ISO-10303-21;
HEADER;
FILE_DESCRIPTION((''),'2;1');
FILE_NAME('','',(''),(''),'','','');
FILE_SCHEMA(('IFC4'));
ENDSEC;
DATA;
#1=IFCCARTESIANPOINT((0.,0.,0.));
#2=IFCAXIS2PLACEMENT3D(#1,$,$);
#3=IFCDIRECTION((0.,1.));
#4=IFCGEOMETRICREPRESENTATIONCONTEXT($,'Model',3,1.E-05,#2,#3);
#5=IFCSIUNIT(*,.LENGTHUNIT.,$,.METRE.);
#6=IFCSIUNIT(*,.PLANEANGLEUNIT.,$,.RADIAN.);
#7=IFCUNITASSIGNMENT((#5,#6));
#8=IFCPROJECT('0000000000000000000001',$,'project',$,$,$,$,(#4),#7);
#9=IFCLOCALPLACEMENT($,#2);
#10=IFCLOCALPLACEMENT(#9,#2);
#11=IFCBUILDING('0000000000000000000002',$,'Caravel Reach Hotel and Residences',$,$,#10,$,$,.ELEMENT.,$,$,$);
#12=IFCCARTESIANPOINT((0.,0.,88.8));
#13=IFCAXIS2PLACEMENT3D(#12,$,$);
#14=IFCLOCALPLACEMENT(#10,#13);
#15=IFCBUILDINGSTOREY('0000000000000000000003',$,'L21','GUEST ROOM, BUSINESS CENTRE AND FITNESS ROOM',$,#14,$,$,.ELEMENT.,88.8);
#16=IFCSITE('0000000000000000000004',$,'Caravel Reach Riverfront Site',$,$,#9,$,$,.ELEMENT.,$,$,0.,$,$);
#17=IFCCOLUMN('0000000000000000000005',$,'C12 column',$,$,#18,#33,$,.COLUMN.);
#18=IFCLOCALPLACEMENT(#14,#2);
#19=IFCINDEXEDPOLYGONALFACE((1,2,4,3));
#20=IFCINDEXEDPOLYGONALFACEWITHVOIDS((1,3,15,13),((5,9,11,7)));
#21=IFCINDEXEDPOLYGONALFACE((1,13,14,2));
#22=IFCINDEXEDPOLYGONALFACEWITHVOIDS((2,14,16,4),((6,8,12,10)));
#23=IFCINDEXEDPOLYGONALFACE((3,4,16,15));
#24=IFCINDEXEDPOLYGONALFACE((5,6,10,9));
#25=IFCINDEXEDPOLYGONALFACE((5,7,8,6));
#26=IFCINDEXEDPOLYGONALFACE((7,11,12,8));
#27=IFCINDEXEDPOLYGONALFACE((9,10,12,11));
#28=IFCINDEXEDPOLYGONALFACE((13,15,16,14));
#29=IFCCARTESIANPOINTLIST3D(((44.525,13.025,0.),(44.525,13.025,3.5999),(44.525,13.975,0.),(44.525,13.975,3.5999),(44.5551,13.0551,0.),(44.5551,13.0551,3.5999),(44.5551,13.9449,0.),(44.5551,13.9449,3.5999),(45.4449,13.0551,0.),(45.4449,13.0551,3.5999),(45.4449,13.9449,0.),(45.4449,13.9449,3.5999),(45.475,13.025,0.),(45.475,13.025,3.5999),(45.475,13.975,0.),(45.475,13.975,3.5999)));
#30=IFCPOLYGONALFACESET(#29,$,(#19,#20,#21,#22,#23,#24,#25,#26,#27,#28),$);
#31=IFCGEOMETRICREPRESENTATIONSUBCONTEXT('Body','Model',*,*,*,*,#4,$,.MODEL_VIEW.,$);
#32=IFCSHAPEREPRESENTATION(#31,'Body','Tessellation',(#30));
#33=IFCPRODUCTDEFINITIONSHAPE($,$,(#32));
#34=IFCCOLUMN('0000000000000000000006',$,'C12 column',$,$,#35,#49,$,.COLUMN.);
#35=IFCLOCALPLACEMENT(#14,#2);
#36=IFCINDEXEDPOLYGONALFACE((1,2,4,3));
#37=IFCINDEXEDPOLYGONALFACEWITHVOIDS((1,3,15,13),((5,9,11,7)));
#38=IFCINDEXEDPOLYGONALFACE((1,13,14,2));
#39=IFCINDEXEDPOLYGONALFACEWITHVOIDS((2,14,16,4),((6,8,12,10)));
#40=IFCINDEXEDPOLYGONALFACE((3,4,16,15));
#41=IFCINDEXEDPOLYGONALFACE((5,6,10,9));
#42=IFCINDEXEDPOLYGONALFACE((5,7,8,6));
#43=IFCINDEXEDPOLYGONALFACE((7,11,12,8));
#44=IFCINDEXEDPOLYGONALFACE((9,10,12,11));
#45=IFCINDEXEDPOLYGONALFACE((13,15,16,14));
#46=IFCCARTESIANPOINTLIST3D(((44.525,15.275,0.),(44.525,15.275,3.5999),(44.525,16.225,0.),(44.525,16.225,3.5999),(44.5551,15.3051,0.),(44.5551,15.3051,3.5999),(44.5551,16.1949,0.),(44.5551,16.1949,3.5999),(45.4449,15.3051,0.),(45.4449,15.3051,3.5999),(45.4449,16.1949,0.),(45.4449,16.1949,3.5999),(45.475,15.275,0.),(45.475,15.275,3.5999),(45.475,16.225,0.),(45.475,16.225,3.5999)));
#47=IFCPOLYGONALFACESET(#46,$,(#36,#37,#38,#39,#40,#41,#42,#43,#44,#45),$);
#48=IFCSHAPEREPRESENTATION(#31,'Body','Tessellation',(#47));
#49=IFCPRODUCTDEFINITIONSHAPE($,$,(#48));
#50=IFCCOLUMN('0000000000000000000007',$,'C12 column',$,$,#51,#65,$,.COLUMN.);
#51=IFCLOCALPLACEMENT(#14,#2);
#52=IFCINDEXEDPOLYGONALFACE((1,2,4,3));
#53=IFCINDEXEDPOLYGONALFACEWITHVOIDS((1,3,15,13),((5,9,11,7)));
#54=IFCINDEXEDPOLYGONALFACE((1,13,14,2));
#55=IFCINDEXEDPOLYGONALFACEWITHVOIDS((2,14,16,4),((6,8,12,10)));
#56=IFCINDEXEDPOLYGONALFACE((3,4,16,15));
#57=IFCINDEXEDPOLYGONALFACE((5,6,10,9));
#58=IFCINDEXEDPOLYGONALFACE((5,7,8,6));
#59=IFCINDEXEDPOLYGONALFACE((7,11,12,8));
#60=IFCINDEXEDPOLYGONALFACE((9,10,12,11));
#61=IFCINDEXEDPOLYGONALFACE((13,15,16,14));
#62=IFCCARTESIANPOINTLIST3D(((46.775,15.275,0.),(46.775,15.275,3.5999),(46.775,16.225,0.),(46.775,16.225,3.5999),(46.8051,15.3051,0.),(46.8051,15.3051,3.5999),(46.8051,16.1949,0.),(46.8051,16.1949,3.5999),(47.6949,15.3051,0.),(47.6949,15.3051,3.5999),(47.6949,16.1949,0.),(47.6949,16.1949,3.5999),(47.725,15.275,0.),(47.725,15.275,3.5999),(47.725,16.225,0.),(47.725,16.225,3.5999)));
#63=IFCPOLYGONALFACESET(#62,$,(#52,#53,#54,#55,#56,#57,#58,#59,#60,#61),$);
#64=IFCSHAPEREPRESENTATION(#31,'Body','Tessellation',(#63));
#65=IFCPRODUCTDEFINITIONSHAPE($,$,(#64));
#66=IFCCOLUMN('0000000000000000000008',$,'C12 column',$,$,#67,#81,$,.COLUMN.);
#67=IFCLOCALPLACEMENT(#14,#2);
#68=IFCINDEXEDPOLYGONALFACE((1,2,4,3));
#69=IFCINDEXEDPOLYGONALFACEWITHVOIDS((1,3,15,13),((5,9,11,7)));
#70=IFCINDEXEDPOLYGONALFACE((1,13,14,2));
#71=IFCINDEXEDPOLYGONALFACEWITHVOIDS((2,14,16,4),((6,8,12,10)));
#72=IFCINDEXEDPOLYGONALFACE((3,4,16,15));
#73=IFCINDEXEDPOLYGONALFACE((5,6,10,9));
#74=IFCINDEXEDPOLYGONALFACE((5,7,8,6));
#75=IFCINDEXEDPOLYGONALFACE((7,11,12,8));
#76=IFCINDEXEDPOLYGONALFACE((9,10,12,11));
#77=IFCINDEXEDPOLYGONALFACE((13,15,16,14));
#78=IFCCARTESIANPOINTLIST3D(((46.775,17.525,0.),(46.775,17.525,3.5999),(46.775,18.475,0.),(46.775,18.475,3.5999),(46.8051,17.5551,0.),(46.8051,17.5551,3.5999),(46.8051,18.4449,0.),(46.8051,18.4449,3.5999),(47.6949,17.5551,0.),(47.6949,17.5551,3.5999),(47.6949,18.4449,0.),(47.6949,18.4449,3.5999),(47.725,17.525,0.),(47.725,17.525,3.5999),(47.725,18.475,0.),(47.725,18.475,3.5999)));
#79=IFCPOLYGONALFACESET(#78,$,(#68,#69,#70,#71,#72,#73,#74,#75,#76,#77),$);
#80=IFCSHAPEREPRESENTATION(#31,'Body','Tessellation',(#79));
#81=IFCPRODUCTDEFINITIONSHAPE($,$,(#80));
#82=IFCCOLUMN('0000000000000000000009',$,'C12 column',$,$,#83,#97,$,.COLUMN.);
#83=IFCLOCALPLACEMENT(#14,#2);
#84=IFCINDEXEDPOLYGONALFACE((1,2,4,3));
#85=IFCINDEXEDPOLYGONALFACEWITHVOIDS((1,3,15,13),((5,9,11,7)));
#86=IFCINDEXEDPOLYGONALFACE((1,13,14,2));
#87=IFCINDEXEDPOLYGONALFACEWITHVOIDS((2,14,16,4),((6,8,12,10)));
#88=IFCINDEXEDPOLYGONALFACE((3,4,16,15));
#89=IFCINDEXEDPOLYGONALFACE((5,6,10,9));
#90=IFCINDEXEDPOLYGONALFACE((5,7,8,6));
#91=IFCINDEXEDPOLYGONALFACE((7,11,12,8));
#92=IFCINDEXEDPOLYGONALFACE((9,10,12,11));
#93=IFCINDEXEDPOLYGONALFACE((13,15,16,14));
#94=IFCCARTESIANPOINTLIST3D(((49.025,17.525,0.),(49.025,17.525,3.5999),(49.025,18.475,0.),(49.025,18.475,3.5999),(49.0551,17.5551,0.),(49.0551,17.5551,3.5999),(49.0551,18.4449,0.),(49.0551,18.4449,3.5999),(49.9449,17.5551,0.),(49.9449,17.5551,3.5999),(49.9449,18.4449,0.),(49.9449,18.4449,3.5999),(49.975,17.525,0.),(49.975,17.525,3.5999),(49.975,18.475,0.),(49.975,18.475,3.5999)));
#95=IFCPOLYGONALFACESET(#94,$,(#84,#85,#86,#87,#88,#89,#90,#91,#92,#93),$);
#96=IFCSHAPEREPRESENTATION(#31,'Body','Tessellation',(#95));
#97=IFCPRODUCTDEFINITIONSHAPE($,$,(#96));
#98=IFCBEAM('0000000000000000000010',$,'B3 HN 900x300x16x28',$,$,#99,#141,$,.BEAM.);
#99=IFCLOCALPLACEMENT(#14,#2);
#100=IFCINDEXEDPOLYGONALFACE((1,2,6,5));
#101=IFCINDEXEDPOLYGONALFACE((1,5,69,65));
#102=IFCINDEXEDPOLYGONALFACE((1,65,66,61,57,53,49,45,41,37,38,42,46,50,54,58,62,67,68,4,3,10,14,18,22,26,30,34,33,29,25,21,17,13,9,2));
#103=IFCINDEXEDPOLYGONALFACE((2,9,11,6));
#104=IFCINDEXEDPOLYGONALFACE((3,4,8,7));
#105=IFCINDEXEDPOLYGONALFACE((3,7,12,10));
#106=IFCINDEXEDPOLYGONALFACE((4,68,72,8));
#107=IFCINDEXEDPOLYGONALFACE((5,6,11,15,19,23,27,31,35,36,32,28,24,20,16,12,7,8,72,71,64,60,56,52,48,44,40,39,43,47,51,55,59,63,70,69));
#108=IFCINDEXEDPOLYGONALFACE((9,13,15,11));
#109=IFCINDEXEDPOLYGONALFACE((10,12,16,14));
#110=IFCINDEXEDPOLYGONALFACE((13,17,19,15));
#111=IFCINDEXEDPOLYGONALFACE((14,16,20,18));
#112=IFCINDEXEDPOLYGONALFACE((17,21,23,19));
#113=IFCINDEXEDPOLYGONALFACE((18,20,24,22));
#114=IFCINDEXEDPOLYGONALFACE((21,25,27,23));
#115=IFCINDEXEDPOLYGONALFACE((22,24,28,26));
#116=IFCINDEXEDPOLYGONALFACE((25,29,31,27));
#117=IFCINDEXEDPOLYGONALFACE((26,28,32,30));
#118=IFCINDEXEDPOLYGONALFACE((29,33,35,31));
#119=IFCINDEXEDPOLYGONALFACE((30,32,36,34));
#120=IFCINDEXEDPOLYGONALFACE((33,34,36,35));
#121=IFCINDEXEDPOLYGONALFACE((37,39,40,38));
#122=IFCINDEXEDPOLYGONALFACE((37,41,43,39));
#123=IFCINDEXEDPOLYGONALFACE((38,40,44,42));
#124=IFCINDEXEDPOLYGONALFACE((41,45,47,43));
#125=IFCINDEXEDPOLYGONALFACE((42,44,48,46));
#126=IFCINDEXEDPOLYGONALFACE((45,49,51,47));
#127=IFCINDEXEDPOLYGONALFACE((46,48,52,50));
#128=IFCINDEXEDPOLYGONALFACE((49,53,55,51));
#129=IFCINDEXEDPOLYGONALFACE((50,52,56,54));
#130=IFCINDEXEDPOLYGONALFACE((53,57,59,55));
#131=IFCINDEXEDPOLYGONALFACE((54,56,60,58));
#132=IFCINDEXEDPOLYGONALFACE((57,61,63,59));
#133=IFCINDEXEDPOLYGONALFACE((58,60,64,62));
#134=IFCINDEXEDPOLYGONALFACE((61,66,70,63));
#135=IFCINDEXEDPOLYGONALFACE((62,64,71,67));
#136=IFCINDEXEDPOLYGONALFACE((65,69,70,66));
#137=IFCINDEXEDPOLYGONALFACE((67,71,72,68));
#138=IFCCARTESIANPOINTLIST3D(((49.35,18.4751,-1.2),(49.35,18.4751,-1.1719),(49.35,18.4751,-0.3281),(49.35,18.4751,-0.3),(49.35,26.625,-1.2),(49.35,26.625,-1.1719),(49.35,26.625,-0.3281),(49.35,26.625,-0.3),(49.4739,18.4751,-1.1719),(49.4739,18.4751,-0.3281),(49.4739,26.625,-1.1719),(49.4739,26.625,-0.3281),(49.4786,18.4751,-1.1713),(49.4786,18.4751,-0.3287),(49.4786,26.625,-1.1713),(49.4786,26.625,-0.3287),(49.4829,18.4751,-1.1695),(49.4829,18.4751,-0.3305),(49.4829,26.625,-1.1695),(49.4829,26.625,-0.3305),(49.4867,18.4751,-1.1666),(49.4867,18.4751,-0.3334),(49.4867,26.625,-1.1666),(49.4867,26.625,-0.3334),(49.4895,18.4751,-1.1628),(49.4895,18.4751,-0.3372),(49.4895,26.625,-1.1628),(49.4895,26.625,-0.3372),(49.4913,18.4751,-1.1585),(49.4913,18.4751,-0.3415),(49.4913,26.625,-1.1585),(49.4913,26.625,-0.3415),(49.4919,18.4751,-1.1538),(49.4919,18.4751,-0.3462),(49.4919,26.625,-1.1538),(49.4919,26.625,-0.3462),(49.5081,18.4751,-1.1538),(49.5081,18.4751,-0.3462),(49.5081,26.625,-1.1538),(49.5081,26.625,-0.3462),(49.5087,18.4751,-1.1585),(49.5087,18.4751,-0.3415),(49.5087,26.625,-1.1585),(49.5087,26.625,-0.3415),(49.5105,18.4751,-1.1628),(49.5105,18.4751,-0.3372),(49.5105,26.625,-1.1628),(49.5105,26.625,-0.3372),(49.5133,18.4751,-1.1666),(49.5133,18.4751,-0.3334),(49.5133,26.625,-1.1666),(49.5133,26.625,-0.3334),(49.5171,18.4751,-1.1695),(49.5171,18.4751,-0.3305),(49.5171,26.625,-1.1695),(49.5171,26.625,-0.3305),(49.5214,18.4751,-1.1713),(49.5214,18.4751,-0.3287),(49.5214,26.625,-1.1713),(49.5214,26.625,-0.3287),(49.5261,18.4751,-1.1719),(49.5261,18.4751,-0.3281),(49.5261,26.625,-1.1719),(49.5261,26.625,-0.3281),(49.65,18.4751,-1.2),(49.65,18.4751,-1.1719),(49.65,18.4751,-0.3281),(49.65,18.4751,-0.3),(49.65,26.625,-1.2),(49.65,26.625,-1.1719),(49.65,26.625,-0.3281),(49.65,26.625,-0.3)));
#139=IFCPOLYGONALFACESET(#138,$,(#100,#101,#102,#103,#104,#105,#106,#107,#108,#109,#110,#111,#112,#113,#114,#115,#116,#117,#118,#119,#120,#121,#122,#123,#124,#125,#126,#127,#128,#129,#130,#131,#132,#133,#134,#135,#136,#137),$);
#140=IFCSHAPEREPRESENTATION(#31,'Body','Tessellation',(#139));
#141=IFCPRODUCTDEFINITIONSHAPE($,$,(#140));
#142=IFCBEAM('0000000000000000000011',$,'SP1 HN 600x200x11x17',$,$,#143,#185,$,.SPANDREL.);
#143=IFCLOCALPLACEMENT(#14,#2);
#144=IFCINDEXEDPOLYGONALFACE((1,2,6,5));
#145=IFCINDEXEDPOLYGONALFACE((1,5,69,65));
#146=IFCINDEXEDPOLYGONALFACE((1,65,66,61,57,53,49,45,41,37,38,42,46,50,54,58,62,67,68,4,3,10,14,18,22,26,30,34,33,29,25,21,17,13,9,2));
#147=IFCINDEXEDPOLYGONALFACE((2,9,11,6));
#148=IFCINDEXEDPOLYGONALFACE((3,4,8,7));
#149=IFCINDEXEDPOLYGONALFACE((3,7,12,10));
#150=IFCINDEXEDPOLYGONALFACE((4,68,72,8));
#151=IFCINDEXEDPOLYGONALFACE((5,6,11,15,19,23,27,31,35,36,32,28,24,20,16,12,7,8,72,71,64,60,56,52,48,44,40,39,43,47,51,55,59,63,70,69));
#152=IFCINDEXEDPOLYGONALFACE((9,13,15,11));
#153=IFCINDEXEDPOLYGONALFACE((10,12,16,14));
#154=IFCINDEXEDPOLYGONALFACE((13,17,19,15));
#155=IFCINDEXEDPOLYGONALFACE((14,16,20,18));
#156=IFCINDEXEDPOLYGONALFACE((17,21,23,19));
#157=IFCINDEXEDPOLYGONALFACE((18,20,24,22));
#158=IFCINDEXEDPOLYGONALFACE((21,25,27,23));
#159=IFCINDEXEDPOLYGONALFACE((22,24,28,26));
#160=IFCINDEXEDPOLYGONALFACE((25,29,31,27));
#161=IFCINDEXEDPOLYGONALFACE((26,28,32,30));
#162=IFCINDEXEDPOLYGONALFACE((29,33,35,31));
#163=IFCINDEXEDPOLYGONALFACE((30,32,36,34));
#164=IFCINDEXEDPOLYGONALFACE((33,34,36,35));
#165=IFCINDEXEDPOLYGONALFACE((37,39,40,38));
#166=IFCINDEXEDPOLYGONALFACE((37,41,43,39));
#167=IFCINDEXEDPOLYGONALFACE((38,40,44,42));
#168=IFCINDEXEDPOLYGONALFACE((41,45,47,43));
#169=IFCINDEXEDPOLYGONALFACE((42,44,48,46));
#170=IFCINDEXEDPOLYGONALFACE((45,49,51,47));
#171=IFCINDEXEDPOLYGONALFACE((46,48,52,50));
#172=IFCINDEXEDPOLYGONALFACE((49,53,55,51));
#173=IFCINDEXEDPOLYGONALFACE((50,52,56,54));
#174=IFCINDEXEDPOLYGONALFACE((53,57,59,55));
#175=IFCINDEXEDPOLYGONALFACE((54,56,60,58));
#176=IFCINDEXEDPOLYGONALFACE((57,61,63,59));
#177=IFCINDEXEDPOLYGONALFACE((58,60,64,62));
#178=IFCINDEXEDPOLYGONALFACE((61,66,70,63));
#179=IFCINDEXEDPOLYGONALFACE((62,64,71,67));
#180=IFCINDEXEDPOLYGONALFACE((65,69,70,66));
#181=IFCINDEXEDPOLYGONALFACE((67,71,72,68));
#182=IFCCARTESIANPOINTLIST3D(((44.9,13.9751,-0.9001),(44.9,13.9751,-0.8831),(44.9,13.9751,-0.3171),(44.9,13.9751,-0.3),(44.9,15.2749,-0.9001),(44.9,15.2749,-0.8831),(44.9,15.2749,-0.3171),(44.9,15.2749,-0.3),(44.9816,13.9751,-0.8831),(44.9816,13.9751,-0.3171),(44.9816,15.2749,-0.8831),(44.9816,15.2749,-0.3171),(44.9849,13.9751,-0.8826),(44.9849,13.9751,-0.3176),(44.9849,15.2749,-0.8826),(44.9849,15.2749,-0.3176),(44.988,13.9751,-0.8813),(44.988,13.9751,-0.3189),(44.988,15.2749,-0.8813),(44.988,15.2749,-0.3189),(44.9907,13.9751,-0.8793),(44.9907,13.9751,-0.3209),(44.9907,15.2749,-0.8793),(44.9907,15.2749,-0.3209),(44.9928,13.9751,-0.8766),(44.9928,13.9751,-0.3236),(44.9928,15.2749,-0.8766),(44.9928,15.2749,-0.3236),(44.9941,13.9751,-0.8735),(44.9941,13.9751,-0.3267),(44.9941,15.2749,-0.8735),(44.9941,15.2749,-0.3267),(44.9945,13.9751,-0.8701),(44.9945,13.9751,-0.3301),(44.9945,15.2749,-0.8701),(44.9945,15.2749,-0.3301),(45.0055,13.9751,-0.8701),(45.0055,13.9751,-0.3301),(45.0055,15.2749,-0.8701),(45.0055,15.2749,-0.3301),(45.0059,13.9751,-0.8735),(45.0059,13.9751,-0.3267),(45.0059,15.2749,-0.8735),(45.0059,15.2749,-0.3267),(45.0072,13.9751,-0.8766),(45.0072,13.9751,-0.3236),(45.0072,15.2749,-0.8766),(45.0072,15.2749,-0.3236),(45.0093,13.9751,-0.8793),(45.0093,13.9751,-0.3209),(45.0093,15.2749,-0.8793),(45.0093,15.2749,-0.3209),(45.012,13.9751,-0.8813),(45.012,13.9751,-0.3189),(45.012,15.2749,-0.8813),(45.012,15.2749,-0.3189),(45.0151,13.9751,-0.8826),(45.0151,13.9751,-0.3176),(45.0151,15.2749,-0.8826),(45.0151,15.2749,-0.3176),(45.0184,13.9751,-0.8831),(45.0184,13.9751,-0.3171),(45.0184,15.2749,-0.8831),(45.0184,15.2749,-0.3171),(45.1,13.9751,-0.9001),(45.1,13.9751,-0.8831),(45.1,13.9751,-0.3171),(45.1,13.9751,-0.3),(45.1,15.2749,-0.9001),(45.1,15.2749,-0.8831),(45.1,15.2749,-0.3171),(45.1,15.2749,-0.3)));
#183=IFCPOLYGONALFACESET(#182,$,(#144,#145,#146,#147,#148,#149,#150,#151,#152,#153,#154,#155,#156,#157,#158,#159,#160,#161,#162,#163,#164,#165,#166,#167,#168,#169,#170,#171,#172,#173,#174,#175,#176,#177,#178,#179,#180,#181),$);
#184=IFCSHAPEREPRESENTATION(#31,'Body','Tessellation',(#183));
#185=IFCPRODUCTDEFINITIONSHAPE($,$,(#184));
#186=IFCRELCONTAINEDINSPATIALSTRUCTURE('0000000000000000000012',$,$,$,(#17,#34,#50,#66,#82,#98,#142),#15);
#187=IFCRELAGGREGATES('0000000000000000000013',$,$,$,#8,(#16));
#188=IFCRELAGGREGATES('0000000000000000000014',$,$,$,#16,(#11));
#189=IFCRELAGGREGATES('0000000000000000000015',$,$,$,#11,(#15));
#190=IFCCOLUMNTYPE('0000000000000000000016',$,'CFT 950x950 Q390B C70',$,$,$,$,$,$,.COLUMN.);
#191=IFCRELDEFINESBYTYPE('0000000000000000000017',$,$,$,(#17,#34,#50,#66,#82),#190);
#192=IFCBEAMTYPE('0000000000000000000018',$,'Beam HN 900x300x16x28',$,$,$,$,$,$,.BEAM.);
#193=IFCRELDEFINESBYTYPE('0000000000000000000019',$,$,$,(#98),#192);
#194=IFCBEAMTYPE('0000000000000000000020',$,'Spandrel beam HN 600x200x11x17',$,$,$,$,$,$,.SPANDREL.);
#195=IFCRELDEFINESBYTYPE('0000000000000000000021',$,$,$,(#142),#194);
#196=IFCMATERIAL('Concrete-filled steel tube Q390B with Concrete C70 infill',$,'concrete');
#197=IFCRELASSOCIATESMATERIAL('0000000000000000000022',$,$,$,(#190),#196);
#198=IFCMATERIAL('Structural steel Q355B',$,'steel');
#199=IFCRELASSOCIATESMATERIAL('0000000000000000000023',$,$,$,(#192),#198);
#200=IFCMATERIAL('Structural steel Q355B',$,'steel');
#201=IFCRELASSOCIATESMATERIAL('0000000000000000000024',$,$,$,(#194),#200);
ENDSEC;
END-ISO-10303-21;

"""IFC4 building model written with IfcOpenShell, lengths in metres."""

from ifc_helpers import new_model, si_unit, direction, frame, origin, origin_2d, place, context, subcontext, project, spatial, hollow_rectangle, i_section, extrude, material, material_profile, profile_set, type_object, element, save


model = new_model("IFC4")

# Units and contexts
model_context = context("Model", 3, precision=1e-05, world=origin(), true_north=direction((0.0, 1.0)))
body_context = subcontext(model_context, "Body", "Model", "MODEL_VIEW")
ifc_project = project(units=[si_unit("LENGTHUNIT", "METRE"), si_unit("PLANEANGLEUNIT", "RADIAN")], contexts=[model_context])

# Site, building, storey
site_placement = place(None, origin())
site = spatial("IfcSite", under=ifc_project, at=site_placement, Name="Caravel Reach Riverfront Site", CompositionType="ELEMENT", RefElevation=0.0)
building_placement = place(site_placement, origin())
building = spatial("IfcBuilding", under=site, at=building_placement, Name="Caravel Reach Hotel and Residences", CompositionType="ELEMENT")
storey_placement = place(building_placement, frame((0.0, 0.0, 88.8)))
storey = spatial("IfcBuildingStorey", under=building, at=storey_placement, Name="L21", Description="GUEST ROOM, BUSINESS CENTRE AND FITNESS ROOM", CompositionType="ELEMENT", Elevation=88.8)

# Columns
ifc_material_1 = material(Name="Concrete-filled steel tube Q390B with Concrete C70 infill", Category="concrete")
ifc_material_profile_1 = material_profile(ifc_material_1, hollow_rectangle(XDim=0.95, YDim=0.95, WallThickness=0.03, at=origin_2d()), Name="RHS 950x950x30")
ifc_profile_set_1 = profile_set([ifc_material_profile_1], Name="Concrete-filled steel tube Q390B with Concrete C70 infill")
column_type = type_object("IfcColumnType", Name="CFT 950x950 Q390B C70", PredefinedType="COLUMN", material=ifc_profile_set_1)
for number, where, z_axis, x_axis, name in (
    (1, (45.0, 13.5, 0.0), (0.0, 0.0, 1.0), (1.0, 0.0, 0.0), "C12 column"),
    (2, (45.0, 15.75, 0.0), (0.0, 0.0, 1.0), (1.0, 0.0, 0.0), "C12 column"),
    (3, (47.25, 15.75, 0.0), (0.0, 0.0, 1.0), (1.0, 0.0, 0.0), "C12 column"),
    (4, (47.25, 18.0, 0.0), (0.0, 0.0, 1.0), (1.0, 0.0, 0.0), "C12 column"),
    (5, (49.5, 18.0, 0.0), (0.0, 0.0, 1.0), (1.0, 0.0, 0.0), "C12 column"),
):
    element("IfcColumn", number, at=place(storey_placement, frame(where, z_axis=z_axis, x_axis=x_axis)), inside=storey, type_object=column_type, Name=name, PredefinedType="COLUMN", context=body_context, shape_type="SweptSolid", body=[
        extrude(hollow_rectangle(XDim=0.95, YDim=0.95, WallThickness=0.03, at=origin_2d()), origin(), (0.0, 0.0, 1.0), 3.5999),
    ])

# Beams
ifc_material_2 = material(Name="Structural steel Q355B", Category="steel")
ifc_material_profile_2 = material_profile(ifc_material_2, i_section(OverallWidth=0.3, OverallDepth=0.8999, WebThickness=0.0161, FlangeThickness=0.0281, FilletRadius=0.0181, at=origin_2d()), Name="HN 900x300x16x28")
ifc_profile_set_2 = profile_set([ifc_material_profile_2], Name="Structural steel Q355B")
beam_type_1 = type_object("IfcBeamType", Name="Beam HN 900x300x16x28", PredefinedType="BEAM", material=ifc_profile_set_2)
beam_placement = place(storey_placement, frame((49.5, 18.4751, -0.75), z_axis=(0.0, 1.0, 0.0), x_axis=(-1.0, 0.0, 0.0)))
element("IfcBeam", 6, at=beam_placement, inside=storey, type_object=beam_type_1, Name="B3 HN 900x300x16x28", PredefinedType="BEAM", context=body_context, shape_type="SweptSolid", body=[
    extrude(i_section(OverallWidth=0.3, OverallDepth=0.8999, WebThickness=0.0161, FlangeThickness=0.0281, FilletRadius=0.0181, at=origin_2d()), origin(), (0.0, 0.0, 1.0), 8.1499),
])
ifc_material_3 = material(Name="Structural steel Q355B", Category="steel")
ifc_material_profile_3 = material_profile(ifc_material_3, i_section(OverallWidth=0.2, OverallDepth=0.6001, WebThickness=0.011, FlangeThickness=0.0171, FilletRadius=0.0129, at=origin_2d()), Name="HN 600x200x11x17")
ifc_profile_set_3 = profile_set([ifc_material_profile_3], Name="Structural steel Q355B")
beam_type_2 = type_object("IfcBeamType", Name="Spandrel beam HN 600x200x11x17", PredefinedType="SPANDREL", material=ifc_profile_set_3)
for number, where, z_axis, x_axis, name in (
    (7, (45.0, 13.9751, -0.6001), (0.0, 1.0, 0.0), (-1.0, 0.0, 0.0), "SP1 HN 600x200x11x17"),
):
    element("IfcBeam", number, at=place(storey_placement, frame(where, z_axis=z_axis, x_axis=x_axis)), inside=storey, type_object=beam_type_2, Name=name, PredefinedType="SPANDREL", context=body_context, shape_type="SweptSolid", body=[
        extrude(i_section(OverallWidth=0.2, OverallDepth=0.6001, WebThickness=0.011, FlangeThickness=0.0171, FilletRadius=0.0129, at=origin_2d()), origin(), (0.0, 0.0, 1.0), 1.2998),
    ])

save(model, "model.ifc")
